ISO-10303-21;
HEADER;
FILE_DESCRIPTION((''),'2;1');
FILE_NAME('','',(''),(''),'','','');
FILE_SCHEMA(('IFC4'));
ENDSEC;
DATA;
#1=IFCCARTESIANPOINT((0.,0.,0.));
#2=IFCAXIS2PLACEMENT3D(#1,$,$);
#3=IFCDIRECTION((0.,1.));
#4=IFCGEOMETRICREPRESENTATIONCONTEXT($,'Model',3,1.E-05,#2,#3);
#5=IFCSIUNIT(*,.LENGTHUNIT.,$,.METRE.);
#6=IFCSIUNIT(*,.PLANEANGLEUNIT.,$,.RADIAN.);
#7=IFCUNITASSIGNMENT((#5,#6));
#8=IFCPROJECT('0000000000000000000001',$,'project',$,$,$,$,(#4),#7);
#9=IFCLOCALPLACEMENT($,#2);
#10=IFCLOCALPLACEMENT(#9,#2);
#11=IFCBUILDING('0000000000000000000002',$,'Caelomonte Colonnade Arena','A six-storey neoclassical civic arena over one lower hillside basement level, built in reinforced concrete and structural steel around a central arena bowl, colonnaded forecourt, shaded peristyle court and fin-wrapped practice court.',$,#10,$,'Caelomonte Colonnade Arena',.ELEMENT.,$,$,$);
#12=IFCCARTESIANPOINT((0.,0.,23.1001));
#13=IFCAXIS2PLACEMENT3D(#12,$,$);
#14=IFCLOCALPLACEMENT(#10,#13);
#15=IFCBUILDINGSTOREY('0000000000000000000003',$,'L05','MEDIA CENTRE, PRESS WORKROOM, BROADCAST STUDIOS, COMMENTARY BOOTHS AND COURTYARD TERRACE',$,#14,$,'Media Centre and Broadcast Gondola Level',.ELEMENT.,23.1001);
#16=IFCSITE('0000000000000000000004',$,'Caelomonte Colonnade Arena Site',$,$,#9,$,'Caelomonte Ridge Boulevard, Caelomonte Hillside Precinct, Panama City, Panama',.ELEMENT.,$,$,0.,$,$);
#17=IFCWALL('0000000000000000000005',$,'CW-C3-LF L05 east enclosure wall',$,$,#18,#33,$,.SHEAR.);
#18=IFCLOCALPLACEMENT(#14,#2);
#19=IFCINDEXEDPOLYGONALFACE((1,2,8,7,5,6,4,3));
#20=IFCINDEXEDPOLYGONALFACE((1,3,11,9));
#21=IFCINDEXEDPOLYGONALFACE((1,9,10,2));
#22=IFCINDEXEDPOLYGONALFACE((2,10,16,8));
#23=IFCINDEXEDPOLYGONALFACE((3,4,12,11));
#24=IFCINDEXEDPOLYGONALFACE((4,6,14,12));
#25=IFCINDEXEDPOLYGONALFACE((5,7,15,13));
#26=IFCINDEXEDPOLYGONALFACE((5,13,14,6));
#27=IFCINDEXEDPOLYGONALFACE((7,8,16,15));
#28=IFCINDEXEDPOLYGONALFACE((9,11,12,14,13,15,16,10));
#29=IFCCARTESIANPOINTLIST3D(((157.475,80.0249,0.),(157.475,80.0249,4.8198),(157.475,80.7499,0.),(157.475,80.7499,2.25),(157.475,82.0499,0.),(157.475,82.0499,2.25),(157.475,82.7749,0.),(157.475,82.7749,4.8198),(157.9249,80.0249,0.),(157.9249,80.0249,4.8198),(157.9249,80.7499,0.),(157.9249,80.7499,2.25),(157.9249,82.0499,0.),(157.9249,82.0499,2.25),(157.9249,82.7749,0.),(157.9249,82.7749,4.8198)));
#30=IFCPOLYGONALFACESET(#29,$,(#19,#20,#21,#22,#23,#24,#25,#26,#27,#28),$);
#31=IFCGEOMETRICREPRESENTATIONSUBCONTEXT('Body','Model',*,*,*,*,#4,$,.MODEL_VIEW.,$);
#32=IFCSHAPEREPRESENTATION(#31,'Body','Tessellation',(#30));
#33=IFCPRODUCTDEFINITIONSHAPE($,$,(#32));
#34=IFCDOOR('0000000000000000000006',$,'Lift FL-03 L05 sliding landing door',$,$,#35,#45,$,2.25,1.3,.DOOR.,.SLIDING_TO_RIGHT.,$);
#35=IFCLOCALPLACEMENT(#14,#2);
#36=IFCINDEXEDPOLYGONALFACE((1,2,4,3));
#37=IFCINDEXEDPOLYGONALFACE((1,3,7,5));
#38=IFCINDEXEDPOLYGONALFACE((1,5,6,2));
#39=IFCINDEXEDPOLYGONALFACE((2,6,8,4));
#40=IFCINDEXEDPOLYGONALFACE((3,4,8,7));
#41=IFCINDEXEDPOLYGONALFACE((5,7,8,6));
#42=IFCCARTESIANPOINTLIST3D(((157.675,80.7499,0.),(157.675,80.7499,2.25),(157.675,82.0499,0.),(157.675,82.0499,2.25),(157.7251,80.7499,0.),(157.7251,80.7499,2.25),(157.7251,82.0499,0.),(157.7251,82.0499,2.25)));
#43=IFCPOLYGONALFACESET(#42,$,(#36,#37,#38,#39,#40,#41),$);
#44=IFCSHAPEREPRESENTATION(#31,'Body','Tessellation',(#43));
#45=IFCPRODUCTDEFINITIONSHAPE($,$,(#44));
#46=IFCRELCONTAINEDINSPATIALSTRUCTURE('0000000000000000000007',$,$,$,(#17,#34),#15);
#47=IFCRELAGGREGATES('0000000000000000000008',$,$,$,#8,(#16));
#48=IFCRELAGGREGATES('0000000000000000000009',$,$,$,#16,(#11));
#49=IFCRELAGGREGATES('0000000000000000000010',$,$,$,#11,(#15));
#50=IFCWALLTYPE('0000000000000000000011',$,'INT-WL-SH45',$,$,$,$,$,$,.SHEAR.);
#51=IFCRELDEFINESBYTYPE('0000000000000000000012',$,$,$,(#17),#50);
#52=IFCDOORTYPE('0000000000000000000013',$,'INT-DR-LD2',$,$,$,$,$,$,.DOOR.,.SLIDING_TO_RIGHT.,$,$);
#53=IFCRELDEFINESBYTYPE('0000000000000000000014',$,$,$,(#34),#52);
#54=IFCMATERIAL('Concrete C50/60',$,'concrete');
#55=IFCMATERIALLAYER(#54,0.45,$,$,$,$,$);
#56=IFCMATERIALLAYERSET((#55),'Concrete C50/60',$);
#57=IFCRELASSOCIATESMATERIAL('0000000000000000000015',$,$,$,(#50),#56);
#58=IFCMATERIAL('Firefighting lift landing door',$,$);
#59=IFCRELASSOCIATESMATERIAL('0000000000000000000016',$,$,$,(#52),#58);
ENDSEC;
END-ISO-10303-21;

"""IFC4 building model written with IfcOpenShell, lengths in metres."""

from ifc_helpers import new_model, si_unit, direction, frame, frame_2d, origin, place, context, subcontext, project, spatial, rectangle, extrude, material, layer, layer_set, type_object, element, fill, save


model = new_model("IFC4")

# Units and contexts
model_context = context("Model", 3, precision=1e-05, world=origin(), true_north=direction((0.0, 1.0)))
body_context = subcontext(model_context, "Body", "Model", "MODEL_VIEW")
ifc_project = project(units=[si_unit("LENGTHUNIT", "METRE"), si_unit("PLANEANGLEUNIT", "RADIAN")], contexts=[model_context])

# Site, building, storey
site_placement = place(None, origin())
site = spatial("IfcSite", under=ifc_project, at=site_placement, Name="Caelomonte Colonnade Arena Site", LongName="Caelomonte Ridge Boulevard, Caelomonte Hillside Precinct, Panama City, Panama", CompositionType="ELEMENT", RefElevation=0.0)
building_placement = place(site_placement, origin())
building = spatial("IfcBuilding", under=site, at=building_placement, Name="Caelomonte Colonnade Arena", Description="A six-storey neoclassical civic arena over one lower hillside basement level, built in reinforced concrete and structural steel around a central arena bowl, colonnaded forecourt, shaded peristyle court and fin-wrapped practice court.", LongName="Caelomonte Colonnade Arena", CompositionType="ELEMENT")
storey_placement = place(building_placement, frame((0.0, 0.0, 23.1001)))
storey = spatial("IfcBuildingStorey", under=building, at=storey_placement, Name="L05", Description="MEDIA CENTRE, PRESS WORKROOM, BROADCAST STUDIOS, COMMENTARY BOOTHS AND COURTYARD TERRACE", LongName="Media Centre and Broadcast Gondola Level", CompositionType="ELEMENT", Elevation=23.1001)

# Shared definitions
ifc_material_1 = material(Name="Concrete C50/60", Category="concrete")
ifc_layer_1 = layer(ifc_material_1, 0.45)
ifc_layer_set_1 = layer_set([ifc_layer_1], Name="Concrete C50/60")
wall_type_1 = type_object("IfcWallType", Name="INT-WL-SH45", PredefinedType="SHEAR", material=ifc_layer_set_1)

# Wall, opening, door
wall_1_placement = place(storey_placement, frame((157.7, 80.0249, 0.0), z_axis=(0.0, 0.0, 1.0), x_axis=(0.0, 1.0, 0.0)))
wall_1 = element("IfcWall", 1, at=wall_1_placement, inside=storey, type_object=wall_type_1, Name="CW-C3-LF L05 east enclosure wall", PredefinedType="SHEAR", context=body_context, shape_type="SweptSolid", body=[
    extrude(rectangle(XDim=2.75, YDim=0.45, at=frame_2d((1.375, 0.0))), origin(), (0.0, 0.0, 1.0), 4.8198),
])
opening_1_placement = place(wall_1_placement, frame((0.7251, 0.0, 0.0), z_axis=(0.0, 0.0, 1.0), x_axis=(1.0, 0.0, 0.0)))
opening_1 = element("IfcOpeningElement", 2, at=opening_1_placement, cuts=wall_1, PredefinedType="OPENING", context=body_context, shape_type="SweptSolid", body=[
    extrude(rectangle(XDim=1.3, YDim=2.25, at=frame_2d((0.6499, 1.125))), frame((0.0, 0.2349, 0.0), z_axis=(0.0, -1.0, 0.0), x_axis=(1.0, 0.0, 0.0)), (0.0, 0.0, 1.0), 0.47),
])
ifc_material_2 = material(Name="Firefighting lift landing door")
door_type_1 = type_object("IfcDoorType", Name="INT-DR-LD2", OperationType="SLIDING_TO_RIGHT", PredefinedType="DOOR", material=ifc_material_2)
door_1_placement = place(opening_1_placement, origin())
door_1 = element("IfcDoor", 3, at=door_1_placement, inside=storey, type_object=door_type_1, Name="Lift FL-03 L05 sliding landing door", OperationType="SLIDING_TO_RIGHT", OverallHeight=2.25, OverallWidth=1.3, PredefinedType="DOOR", context=body_context, shape_type="SweptSolid", body=[
    extrude(rectangle(XDim=1.3, YDim=2.25, at=frame_2d((0.6499, 1.125))), frame((0.0, 0.0249, 0.0), z_axis=(0.0, -1.0, 0.0), x_axis=(1.0, 0.0, 0.0)), (0.0, 0.0, 1.0), 0.05),
])
fill(opening_1, door_1)

save(model, "model.ifc")
